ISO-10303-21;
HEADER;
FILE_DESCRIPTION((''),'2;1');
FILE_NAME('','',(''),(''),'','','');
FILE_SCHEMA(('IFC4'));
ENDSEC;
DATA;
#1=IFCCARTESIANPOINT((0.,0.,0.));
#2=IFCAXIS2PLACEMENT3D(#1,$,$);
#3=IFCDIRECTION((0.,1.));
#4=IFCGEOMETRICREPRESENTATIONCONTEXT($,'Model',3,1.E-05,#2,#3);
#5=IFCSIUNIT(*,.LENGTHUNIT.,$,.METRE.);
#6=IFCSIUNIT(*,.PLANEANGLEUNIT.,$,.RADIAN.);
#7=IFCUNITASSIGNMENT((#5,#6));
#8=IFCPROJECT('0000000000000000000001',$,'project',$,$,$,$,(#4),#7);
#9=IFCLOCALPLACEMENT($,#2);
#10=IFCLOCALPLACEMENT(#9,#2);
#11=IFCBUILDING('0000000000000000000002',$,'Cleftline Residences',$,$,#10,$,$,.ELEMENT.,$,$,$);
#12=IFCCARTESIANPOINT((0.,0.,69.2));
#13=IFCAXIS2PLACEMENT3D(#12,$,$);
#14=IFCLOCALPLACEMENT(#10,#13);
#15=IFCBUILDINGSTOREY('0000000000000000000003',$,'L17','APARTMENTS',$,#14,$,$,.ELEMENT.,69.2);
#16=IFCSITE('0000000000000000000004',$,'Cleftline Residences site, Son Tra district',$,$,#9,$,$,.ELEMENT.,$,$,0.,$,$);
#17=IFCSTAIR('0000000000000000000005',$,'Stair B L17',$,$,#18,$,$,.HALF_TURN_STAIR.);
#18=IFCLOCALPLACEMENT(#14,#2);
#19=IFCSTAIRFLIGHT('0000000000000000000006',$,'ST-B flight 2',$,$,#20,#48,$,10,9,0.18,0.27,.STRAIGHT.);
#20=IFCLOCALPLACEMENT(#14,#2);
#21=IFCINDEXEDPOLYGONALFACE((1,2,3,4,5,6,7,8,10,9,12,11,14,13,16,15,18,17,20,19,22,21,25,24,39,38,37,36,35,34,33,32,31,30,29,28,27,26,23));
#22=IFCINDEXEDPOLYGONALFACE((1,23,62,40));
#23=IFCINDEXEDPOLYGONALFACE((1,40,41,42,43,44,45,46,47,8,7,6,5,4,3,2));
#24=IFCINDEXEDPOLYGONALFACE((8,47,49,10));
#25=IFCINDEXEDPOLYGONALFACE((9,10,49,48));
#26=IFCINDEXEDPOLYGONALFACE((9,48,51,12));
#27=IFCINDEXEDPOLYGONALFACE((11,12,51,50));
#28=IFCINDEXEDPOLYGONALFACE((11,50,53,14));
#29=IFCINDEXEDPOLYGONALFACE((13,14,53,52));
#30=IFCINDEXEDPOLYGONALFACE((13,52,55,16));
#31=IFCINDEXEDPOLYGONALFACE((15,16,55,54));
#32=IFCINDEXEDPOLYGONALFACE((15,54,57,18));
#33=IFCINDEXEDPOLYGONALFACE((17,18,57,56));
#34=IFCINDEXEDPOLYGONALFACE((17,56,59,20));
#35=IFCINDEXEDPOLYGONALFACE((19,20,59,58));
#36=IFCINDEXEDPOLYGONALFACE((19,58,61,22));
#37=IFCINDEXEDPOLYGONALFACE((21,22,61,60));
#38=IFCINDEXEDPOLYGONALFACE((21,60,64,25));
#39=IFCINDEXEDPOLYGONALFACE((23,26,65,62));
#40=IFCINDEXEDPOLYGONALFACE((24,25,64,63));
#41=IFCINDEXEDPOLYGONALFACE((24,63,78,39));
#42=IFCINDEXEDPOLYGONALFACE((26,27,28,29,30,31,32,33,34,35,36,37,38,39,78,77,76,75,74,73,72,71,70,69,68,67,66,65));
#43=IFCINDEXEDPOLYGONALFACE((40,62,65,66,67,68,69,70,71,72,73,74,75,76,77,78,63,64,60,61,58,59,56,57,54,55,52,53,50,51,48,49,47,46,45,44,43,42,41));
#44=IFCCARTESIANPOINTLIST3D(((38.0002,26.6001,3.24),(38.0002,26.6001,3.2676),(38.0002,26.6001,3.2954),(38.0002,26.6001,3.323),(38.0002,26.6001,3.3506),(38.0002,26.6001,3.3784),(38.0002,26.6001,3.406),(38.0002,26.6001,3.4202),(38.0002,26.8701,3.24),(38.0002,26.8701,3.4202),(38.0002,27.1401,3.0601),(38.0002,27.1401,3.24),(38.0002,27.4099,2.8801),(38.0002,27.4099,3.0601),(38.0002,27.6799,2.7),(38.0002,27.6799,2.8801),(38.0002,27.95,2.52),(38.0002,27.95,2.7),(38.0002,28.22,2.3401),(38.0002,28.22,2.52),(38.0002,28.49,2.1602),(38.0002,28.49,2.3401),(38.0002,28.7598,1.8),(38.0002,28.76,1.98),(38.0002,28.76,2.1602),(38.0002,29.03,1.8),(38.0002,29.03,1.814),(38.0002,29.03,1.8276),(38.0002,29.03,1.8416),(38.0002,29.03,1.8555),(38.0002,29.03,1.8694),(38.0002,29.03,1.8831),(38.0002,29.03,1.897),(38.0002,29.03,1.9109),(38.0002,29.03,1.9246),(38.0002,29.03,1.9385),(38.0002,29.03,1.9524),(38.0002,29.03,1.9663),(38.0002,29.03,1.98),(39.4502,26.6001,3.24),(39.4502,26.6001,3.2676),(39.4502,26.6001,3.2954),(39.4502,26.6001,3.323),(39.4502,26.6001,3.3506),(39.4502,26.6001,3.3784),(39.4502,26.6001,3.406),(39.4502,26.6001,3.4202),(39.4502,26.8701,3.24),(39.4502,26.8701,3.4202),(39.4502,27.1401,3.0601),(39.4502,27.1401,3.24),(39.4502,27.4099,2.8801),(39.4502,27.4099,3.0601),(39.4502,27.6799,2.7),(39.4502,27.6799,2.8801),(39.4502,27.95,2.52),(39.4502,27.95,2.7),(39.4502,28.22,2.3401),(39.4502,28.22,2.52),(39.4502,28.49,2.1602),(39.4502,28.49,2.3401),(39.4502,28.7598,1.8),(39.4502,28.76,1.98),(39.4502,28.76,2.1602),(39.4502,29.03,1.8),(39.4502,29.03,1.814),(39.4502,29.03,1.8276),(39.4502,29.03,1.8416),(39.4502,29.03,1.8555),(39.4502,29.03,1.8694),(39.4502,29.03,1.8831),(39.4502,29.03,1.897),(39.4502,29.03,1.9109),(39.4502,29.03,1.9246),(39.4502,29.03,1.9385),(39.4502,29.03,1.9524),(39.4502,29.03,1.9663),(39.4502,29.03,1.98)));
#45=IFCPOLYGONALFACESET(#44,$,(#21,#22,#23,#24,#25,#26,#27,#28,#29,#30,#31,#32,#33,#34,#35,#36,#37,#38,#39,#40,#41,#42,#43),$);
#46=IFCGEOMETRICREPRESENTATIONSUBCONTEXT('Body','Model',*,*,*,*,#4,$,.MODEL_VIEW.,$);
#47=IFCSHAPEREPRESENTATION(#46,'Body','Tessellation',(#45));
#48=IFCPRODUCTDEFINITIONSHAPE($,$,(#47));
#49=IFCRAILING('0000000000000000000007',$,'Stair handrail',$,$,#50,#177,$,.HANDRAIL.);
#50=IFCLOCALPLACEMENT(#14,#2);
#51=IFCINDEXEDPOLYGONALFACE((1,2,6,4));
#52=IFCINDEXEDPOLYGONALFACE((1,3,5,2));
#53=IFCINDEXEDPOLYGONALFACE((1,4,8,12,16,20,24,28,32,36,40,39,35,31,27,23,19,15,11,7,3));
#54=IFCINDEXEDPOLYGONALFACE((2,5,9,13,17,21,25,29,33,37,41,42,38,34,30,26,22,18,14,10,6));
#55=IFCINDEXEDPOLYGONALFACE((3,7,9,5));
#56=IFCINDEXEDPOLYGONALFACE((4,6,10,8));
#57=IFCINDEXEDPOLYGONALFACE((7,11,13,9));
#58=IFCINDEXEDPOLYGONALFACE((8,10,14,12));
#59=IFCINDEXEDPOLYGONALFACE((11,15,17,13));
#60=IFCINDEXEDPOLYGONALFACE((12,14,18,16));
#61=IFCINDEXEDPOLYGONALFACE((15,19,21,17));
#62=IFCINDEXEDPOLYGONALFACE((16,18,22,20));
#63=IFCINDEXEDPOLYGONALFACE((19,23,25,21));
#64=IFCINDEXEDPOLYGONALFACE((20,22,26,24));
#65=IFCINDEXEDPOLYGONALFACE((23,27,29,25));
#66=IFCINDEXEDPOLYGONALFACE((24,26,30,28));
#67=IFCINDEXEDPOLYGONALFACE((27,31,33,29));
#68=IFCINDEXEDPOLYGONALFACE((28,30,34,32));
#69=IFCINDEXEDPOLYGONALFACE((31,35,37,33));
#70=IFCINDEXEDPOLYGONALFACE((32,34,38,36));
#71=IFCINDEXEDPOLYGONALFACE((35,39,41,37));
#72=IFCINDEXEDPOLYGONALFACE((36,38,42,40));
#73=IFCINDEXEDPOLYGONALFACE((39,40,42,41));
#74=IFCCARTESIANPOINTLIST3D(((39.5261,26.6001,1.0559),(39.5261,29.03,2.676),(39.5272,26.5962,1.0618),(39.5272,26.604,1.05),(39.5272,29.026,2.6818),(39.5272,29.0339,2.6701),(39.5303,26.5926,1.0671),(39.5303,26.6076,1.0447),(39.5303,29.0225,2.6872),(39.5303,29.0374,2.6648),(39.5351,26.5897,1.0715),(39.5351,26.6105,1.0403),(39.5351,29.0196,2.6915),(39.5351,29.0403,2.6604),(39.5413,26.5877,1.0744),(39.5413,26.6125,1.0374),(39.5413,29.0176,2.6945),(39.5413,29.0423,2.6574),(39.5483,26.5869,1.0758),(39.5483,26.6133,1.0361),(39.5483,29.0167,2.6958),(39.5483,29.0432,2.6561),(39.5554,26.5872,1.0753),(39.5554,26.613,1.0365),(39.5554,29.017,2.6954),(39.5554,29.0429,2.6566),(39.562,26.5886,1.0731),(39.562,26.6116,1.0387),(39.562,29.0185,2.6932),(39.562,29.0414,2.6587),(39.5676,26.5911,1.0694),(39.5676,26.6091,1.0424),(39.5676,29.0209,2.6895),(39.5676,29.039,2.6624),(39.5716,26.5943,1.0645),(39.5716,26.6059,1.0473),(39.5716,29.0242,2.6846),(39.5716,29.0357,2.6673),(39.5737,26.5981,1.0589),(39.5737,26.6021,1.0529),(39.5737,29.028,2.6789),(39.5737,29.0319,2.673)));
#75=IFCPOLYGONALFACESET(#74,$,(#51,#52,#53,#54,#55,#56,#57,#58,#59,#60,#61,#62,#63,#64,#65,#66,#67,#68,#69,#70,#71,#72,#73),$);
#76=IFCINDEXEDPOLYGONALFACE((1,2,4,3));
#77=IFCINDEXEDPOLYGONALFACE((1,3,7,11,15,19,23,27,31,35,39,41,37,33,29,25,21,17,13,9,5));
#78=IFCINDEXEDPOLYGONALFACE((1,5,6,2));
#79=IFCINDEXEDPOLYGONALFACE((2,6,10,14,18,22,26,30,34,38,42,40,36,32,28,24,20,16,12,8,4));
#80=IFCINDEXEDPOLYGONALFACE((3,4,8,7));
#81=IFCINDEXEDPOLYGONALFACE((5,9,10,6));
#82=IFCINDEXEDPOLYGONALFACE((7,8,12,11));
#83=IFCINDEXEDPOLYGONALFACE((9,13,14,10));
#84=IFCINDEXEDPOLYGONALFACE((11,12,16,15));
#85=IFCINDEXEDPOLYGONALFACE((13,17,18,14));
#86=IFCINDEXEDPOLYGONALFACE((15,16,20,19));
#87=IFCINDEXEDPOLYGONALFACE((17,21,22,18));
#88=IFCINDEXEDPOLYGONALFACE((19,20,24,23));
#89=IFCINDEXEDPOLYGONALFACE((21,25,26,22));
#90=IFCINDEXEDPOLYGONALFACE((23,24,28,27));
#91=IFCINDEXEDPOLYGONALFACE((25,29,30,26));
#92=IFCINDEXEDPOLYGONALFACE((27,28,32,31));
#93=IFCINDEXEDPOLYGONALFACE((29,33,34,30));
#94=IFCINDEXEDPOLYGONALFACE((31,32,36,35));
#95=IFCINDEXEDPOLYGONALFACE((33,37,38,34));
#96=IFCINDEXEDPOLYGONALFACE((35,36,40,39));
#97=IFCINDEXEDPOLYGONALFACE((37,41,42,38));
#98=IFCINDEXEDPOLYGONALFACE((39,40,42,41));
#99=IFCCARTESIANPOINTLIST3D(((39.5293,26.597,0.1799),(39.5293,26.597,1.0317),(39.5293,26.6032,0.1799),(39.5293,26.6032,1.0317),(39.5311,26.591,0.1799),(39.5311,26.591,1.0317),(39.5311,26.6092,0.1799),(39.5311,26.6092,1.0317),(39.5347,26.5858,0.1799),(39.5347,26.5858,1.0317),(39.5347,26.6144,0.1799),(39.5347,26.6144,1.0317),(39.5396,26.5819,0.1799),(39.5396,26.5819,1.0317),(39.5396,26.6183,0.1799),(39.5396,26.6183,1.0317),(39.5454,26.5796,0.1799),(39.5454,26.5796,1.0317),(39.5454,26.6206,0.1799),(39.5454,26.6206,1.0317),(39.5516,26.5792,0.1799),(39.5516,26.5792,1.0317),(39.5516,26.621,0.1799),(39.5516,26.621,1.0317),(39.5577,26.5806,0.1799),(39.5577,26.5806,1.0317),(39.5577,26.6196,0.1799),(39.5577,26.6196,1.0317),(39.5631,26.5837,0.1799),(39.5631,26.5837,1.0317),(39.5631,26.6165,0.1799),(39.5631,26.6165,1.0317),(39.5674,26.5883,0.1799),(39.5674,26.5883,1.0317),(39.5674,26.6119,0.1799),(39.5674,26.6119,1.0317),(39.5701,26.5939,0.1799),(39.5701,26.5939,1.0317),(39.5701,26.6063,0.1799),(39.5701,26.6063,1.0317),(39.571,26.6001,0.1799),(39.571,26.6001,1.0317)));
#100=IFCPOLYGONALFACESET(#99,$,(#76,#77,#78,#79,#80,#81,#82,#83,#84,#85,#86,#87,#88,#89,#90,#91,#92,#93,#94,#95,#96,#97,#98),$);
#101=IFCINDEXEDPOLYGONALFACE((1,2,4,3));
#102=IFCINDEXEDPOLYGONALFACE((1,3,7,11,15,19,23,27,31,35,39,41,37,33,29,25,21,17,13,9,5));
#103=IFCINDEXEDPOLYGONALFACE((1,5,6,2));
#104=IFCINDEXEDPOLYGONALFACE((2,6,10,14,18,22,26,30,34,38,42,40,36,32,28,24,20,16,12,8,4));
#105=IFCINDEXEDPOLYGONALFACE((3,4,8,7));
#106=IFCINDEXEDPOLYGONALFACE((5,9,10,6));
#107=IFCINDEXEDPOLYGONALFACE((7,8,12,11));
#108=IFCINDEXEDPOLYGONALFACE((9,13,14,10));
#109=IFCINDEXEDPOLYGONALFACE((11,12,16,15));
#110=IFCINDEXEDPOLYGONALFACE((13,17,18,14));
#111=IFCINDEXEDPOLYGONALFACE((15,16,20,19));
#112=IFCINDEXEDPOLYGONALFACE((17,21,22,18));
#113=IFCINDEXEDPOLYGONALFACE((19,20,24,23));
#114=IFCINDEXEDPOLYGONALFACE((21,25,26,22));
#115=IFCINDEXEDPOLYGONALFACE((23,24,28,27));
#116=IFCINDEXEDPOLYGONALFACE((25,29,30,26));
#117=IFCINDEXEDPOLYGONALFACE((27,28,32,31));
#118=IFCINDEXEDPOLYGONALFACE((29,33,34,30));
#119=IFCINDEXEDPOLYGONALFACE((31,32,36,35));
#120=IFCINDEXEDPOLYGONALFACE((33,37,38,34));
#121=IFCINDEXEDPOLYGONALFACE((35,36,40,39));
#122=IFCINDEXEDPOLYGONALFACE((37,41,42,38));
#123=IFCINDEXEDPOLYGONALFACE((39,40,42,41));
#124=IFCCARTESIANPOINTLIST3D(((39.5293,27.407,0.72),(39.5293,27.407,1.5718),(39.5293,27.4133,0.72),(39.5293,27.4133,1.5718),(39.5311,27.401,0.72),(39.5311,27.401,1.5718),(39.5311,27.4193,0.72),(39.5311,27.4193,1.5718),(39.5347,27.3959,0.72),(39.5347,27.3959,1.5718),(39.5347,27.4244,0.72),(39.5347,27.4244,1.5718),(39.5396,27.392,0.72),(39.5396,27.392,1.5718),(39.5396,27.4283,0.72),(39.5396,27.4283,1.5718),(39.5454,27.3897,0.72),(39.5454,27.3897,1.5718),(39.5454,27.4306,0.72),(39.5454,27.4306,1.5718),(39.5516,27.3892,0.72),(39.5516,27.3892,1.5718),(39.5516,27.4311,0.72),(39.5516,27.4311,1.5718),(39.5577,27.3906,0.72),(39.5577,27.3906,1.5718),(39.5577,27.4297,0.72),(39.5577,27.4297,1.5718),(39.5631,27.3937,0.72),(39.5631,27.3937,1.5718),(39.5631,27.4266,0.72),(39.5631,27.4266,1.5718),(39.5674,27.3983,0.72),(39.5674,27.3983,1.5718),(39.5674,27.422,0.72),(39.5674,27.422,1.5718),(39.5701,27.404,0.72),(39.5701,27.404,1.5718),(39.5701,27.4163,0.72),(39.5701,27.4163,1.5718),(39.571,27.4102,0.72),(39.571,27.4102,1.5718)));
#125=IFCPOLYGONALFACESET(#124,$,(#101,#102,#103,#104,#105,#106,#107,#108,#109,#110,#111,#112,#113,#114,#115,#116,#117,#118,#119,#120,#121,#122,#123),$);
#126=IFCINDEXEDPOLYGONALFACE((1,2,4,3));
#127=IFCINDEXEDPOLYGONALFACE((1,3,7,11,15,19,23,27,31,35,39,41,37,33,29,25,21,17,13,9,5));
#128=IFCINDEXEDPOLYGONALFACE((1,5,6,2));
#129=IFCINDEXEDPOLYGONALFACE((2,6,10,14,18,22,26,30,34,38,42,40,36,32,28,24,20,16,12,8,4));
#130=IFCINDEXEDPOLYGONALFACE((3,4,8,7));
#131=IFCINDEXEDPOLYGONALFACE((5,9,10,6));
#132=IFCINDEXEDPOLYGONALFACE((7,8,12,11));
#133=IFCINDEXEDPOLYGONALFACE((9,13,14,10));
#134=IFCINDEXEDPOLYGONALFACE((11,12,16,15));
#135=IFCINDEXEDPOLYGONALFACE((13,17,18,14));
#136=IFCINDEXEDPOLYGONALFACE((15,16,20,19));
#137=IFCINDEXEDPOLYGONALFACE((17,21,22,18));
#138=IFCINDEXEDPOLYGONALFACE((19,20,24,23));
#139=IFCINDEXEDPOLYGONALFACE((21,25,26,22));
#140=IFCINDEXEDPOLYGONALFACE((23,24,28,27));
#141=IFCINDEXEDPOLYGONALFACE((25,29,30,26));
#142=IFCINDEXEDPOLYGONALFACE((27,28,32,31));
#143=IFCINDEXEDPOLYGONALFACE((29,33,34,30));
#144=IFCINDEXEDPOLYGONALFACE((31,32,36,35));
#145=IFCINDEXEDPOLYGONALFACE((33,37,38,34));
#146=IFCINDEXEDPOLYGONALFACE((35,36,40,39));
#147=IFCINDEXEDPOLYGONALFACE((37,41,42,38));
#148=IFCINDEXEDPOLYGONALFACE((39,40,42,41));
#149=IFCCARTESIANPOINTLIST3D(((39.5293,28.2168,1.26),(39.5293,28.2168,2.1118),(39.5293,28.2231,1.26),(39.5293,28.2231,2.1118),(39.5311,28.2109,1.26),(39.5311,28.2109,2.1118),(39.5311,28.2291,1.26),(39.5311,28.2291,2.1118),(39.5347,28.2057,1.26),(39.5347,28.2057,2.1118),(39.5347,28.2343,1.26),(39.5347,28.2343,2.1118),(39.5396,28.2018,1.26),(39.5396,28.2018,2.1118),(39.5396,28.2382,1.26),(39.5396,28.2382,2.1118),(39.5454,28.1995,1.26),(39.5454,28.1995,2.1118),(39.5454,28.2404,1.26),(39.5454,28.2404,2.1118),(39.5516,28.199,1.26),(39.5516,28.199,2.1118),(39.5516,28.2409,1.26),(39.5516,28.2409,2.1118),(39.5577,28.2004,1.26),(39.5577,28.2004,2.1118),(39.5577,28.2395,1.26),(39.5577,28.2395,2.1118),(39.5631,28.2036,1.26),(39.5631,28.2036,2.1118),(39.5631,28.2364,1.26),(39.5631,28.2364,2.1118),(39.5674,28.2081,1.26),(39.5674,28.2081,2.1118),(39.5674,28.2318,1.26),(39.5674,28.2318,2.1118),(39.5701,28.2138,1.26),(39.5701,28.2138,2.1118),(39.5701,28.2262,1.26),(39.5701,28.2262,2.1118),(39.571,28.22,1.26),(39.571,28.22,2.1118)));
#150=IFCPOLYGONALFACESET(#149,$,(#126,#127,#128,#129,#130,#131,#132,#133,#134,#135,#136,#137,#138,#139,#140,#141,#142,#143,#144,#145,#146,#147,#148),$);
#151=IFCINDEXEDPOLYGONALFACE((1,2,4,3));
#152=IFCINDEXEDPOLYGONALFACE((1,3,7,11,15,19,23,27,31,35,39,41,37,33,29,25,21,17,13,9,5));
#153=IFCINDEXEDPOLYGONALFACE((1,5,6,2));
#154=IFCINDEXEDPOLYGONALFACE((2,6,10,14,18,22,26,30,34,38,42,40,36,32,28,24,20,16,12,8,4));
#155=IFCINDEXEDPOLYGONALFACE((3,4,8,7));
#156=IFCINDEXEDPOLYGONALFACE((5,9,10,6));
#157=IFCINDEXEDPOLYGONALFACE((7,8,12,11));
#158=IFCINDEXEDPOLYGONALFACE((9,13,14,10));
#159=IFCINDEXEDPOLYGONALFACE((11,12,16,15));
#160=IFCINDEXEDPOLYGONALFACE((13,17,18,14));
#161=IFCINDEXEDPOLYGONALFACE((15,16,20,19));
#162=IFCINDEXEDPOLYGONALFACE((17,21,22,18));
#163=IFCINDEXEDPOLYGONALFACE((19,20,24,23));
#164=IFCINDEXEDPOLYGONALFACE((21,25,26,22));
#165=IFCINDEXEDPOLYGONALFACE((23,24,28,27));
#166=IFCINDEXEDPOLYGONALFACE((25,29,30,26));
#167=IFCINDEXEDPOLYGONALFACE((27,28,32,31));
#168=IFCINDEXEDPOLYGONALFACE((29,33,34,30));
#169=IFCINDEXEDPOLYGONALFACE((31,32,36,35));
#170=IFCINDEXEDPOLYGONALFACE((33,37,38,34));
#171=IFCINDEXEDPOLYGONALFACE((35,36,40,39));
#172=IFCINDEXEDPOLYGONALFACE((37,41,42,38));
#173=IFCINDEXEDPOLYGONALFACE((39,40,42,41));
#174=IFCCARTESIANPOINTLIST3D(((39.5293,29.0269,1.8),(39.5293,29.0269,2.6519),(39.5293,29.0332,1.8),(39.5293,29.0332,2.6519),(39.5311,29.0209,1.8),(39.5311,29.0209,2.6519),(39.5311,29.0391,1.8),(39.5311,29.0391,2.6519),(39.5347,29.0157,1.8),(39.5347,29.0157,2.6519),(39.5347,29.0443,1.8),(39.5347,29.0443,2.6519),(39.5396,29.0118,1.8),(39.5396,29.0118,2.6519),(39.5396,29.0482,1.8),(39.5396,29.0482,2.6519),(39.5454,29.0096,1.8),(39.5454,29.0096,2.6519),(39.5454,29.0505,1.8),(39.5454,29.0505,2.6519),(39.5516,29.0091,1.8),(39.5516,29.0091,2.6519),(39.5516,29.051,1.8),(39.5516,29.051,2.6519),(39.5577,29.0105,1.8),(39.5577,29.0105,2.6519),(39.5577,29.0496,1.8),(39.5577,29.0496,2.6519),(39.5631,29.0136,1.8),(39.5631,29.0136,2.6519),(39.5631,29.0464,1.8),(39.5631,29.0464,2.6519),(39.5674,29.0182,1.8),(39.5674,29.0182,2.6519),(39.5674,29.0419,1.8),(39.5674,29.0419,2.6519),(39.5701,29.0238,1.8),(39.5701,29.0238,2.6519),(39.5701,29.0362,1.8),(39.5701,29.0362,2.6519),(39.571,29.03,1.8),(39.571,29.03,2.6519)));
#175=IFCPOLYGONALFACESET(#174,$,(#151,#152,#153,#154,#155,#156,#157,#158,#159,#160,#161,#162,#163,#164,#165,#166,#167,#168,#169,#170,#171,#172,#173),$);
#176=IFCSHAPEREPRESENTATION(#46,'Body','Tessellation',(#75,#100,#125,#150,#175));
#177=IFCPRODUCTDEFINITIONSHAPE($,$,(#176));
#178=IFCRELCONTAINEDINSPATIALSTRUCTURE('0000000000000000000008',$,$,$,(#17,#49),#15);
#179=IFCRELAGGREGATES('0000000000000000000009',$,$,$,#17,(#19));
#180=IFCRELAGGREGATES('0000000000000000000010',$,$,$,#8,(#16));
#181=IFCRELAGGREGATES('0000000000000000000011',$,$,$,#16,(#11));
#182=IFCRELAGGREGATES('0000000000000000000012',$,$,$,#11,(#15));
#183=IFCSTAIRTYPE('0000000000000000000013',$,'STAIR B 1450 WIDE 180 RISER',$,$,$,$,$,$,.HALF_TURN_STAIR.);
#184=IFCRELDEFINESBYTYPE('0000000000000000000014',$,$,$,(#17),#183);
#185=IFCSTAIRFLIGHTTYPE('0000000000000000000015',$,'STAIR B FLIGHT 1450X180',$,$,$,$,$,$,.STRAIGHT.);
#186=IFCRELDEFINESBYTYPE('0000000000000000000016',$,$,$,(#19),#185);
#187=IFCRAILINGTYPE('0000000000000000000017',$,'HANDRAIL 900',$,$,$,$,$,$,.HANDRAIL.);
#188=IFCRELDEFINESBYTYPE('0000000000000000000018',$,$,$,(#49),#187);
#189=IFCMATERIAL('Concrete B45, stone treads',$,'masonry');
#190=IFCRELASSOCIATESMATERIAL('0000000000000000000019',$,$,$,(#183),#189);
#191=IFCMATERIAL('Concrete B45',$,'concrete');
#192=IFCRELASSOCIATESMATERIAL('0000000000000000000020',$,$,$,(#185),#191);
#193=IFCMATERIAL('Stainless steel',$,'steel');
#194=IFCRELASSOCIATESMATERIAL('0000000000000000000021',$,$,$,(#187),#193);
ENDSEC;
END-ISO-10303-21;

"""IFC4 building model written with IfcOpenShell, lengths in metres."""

from ifc_helpers import new_model, si_unit, direction, frame, origin, origin_2d, place, context, subcontext, project, spatial, polyline, circle, outline, extrude, material, type_object, element, aggregate, save


model = new_model("IFC4")

# Units and contexts
model_context = context("Model", 3, precision=1e-05, world=origin(), true_north=direction((0.0, 1.0)))
body_context = subcontext(model_context, "Body", "Model", "MODEL_VIEW")
ifc_project = project(units=[si_unit("LENGTHUNIT", "METRE"), si_unit("PLANEANGLEUNIT", "RADIAN")], contexts=[model_context])

# Site, building, storey
site_placement = place(None, origin())
site = spatial("IfcSite", under=ifc_project, at=site_placement, Name="Cleftline Residences site, Son Tra district", CompositionType="ELEMENT", RefElevation=0.0)
building_placement = place(site_placement, origin())
building = spatial("IfcBuilding", under=site, at=building_placement, Name="Cleftline Residences", CompositionType="ELEMENT")
storey_placement = place(building_placement, frame((0.0, 0.0, 69.2)))
storey = spatial("IfcBuildingStorey", under=building, at=storey_placement, Name="L17", Description="APARTMENTS", CompositionType="ELEMENT", Elevation=69.2)

# Stair, stair flight
ifc_material_1 = material(Name="Concrete B45, stone treads", Category="masonry")
stair_type = type_object("IfcStairType", Name="STAIR B 1450 WIDE 180 RISER", PredefinedType="HALF_TURN_STAIR", material=ifc_material_1)
stair_placement = place(storey_placement, origin())
stair = element("IfcStair", 1, at=stair_placement, inside=storey, type_object=stair_type, Name="Stair B L17", PredefinedType="HALF_TURN_STAIR")
ifc_material_2 = material(Name="Concrete B45", Category="concrete")
stair_flight_type = type_object("IfcStairFlightType", Name="STAIR B FLIGHT 1450X180", PredefinedType="STRAIGHT", material=ifc_material_2)
stair_flight_1_placement = place(storey_placement, frame((38.7251, 29.03, 1.8), z_axis=(0.0, 0.0, 1.0), x_axis=(0.0, -1.0, 0.0)))
stair_flight_1 = element("IfcStairFlight", 2, at=stair_flight_1_placement, type_object=stair_flight_type, Name="ST-B flight 2", NumberOfRisers=10, NumberOfTreads=9, PredefinedType="STRAIGHT", RiserHeight=0.18, TreadLength=0.27, context=body_context, shape_type="SweptSolid", body=[
    extrude(outline(polyline([(0.0, 0.0), (0.0, 0.0139), (0.0, 0.0276), (0.0, 0.0415), (0.0, 0.0554), (0.0, 0.0693), (0.0, 0.083), (0.0, 0.0969), (0.0, 0.1108), (0.0, 0.1245), (0.0, 0.1384), (0.0, 0.1523), (0.0, 0.1663), (0.0, 0.1799), (0.27, 0.1799), (0.27, 0.3601), (0.54, 0.3601), (0.54, 0.54), (0.8101, 0.54), (0.8101, 0.72), (1.0801, 0.72), (1.0801, 0.8999), (1.3501, 0.8999), (1.3501, 1.0801), (1.6201, 1.0801), (1.6201, 1.26), (1.8899, 1.26), (1.8899, 1.4399), (2.1599, 1.4399), (2.1599, 1.6201), (2.4299, 1.6201), (2.4299, 1.8), (2.4299, 1.7722), (2.4299, 1.7446), (2.4299, 1.7168), (2.4299, 1.6892), (2.4299, 1.6614), (2.4299, 1.6338), (2.4299, 1.606), (2.4299, 1.5784), (2.4299, 1.5505), (2.4299, 1.5229), (2.4299, 1.4954), (2.4299, 1.4675), (2.4299, 1.4399), (0.2703, 0.0), (0.0, 0.0)])), frame((0.0, 0.7251, 0.0), z_axis=(0.0, -1.0, 0.0), x_axis=(1.0, 0.0, 0.0)), (0.0, 0.0, 1.0), 1.45),
])
aggregate(stair, [stair_flight_1])

# Railing
ifc_material_3 = material(Name="Stainless steel", Category="steel")
railing_type = type_object("IfcRailingType", Name="HANDRAIL 900", PredefinedType="HANDRAIL", material=ifc_material_3)
railing_1_placement = place(storey_placement, frame((39.55, 26.6001, 0.1799)))
element("IfcRailing", 3, at=railing_1_placement, inside=storey, type_object=railing_type, Name="Stair handrail", PredefinedType="HANDRAIL", context=body_context, shape_type="SweptSolid", body=[
    extrude(circle(Radius=0.0239, at=origin_2d()), frame((0.0, 0.0, 0.876), z_axis=(0.0, 0.832025, 0.554739), x_axis=(-1.0, 0.0, 0.0)), (0.0, 0.0, 1.0), 2.9204),
    extrude(circle(Radius=0.021, at=origin_2d()), origin(), (0.0, 0.0, 1.0), 0.8518),
    extrude(circle(Radius=0.021, at=origin_2d()), frame((0.0, 0.8101, 0.54)), (0.0, 0.0, 1.0), 0.8518),
    extrude(circle(Radius=0.021, at=origin_2d()), frame((0.0, 1.6199, 1.0801)), (0.0, 0.0, 1.0), 0.8518),
    extrude(circle(Radius=0.021, at=origin_2d()), frame((0.0, 2.4299, 1.6201)), (0.0, 0.0, 1.0), 0.8518),
])

save(model, "model.ifc")
